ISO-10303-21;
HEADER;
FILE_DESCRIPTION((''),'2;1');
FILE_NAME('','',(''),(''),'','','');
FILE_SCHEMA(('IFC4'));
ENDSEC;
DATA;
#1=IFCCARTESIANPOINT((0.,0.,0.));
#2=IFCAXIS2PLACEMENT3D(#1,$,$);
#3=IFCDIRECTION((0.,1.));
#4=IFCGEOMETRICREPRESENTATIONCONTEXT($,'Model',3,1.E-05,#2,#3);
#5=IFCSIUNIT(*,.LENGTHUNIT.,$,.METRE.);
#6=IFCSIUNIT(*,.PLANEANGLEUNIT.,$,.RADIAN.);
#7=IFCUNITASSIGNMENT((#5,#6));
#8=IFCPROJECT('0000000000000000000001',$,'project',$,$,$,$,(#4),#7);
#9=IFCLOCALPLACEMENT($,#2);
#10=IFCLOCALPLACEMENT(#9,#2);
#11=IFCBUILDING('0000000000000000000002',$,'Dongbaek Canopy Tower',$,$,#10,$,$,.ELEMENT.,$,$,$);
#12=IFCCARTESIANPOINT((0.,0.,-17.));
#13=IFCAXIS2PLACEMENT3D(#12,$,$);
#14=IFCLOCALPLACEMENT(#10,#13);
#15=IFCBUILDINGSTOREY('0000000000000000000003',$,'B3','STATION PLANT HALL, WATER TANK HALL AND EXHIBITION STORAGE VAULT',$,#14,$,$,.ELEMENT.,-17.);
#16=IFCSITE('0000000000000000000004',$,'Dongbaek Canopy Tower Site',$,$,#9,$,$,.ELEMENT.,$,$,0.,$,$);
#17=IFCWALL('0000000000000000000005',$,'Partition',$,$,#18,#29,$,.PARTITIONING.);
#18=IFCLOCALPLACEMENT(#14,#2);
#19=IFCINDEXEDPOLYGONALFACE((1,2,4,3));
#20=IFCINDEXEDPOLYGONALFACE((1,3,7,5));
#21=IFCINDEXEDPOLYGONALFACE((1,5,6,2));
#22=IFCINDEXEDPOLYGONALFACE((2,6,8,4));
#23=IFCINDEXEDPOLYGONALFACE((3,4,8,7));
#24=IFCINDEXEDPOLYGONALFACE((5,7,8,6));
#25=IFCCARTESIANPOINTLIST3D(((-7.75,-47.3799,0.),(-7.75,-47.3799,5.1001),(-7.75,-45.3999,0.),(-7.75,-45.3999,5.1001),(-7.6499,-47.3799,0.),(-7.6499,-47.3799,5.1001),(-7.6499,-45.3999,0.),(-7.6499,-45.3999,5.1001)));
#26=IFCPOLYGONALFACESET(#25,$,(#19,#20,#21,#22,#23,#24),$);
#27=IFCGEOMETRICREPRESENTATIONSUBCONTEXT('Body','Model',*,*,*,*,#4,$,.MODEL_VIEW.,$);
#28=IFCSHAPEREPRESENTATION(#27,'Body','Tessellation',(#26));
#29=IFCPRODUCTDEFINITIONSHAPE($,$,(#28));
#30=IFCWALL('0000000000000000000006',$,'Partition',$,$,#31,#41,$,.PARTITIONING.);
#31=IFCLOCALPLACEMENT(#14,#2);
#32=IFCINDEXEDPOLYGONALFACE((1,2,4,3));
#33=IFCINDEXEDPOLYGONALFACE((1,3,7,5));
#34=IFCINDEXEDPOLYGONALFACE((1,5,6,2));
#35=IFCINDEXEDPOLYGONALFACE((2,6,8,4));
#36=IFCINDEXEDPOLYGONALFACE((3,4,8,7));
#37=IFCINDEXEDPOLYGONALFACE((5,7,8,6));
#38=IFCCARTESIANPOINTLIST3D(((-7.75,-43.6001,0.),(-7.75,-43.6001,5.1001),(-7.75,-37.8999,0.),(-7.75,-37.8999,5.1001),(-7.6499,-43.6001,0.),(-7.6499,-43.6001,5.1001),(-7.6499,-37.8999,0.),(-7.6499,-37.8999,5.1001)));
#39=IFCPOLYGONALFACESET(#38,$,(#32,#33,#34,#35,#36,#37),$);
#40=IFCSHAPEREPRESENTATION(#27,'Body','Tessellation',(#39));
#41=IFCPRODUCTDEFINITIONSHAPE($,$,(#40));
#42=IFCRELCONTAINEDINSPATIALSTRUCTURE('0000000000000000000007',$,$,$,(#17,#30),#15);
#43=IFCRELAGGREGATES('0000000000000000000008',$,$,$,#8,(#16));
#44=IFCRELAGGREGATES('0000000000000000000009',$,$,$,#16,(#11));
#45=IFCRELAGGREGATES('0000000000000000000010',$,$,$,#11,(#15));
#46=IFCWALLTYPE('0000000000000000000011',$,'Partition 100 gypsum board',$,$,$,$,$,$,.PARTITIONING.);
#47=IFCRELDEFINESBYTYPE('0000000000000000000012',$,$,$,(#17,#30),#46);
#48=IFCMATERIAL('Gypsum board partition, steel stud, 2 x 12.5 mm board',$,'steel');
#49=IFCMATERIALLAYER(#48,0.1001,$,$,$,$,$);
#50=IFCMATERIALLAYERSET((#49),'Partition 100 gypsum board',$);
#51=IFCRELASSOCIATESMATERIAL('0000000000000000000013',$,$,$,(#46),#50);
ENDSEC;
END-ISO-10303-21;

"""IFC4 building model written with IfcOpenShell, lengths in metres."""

from ifc_helpers import new_model, si_unit, direction, frame, frame_2d, origin, place, context, subcontext, project, spatial, rectangle, extrude, material, layer, layer_set, type_object, element, save


model = new_model("IFC4")

# Units and contexts
model_context = context("Model", 3, precision=1e-05, world=origin(), true_north=direction((0.0, 1.0)))
body_context = subcontext(model_context, "Body", "Model", "MODEL_VIEW")
ifc_project = project(units=[si_unit("LENGTHUNIT", "METRE"), si_unit("PLANEANGLEUNIT", "RADIAN")], contexts=[model_context])

# Site, building, storey
site_placement = place(None, origin())
site = spatial("IfcSite", under=ifc_project, at=site_placement, Name="Dongbaek Canopy Tower Site", CompositionType="ELEMENT", RefElevation=0.0)
building_placement = place(site_placement, origin())
building = spatial("IfcBuilding", under=site, at=building_placement, Name="Dongbaek Canopy Tower", CompositionType="ELEMENT")
storey_placement = place(building_placement, frame((0.0, 0.0, -17.0)))
storey = spatial("IfcBuildingStorey", under=building, at=storey_placement, Name="B3", Description="STATION PLANT HALL, WATER TANK HALL AND EXHIBITION STORAGE VAULT", CompositionType="ELEMENT", Elevation=-17.0)

# Walls
ifc_material_1 = material(Name="Gypsum board partition, steel stud, 2 x 12.5 mm board", Category="steel")
ifc_layer = layer(ifc_material_1, 0.1001)
ifc_layer_set = layer_set([ifc_layer], Name="Partition 100 gypsum board")
wall_type = type_object("IfcWallType", Name="Partition 100 gypsum board", PredefinedType="PARTITIONING", material=ifc_layer_set)
wall_1_placement = place(storey_placement, frame((-7.7, -47.3799, 0.0), z_axis=(0.0, 0.0, 1.0), x_axis=(0.0, 1.0, 0.0)))
element("IfcWall", 1, at=wall_1_placement, inside=storey, type_object=wall_type, Name="Partition", PredefinedType="PARTITIONING", context=body_context, shape_type="SweptSolid", body=[
    extrude(rectangle(XDim=1.98, YDim=0.1001, at=frame_2d((0.99, 0.0))), origin(), (0.0, 0.0, 1.0), 5.1001),
])
wall_2_placement = place(storey_placement, frame((-7.7, -43.6001, 0.0), z_axis=(0.0, 0.0, 1.0), x_axis=(0.0, 1.0, 0.0)))
element("IfcWall", 2, at=wall_2_placement, inside=storey, type_object=wall_type, Name="Partition", PredefinedType="PARTITIONING", context=body_context, shape_type="SweptSolid", body=[
    extrude(rectangle(XDim=5.7002, YDim=0.1001, at=frame_2d((2.8501, 0.0))), origin(), (0.0, 0.0, 1.0), 5.1001),
])

save(model, "model.ifc")
